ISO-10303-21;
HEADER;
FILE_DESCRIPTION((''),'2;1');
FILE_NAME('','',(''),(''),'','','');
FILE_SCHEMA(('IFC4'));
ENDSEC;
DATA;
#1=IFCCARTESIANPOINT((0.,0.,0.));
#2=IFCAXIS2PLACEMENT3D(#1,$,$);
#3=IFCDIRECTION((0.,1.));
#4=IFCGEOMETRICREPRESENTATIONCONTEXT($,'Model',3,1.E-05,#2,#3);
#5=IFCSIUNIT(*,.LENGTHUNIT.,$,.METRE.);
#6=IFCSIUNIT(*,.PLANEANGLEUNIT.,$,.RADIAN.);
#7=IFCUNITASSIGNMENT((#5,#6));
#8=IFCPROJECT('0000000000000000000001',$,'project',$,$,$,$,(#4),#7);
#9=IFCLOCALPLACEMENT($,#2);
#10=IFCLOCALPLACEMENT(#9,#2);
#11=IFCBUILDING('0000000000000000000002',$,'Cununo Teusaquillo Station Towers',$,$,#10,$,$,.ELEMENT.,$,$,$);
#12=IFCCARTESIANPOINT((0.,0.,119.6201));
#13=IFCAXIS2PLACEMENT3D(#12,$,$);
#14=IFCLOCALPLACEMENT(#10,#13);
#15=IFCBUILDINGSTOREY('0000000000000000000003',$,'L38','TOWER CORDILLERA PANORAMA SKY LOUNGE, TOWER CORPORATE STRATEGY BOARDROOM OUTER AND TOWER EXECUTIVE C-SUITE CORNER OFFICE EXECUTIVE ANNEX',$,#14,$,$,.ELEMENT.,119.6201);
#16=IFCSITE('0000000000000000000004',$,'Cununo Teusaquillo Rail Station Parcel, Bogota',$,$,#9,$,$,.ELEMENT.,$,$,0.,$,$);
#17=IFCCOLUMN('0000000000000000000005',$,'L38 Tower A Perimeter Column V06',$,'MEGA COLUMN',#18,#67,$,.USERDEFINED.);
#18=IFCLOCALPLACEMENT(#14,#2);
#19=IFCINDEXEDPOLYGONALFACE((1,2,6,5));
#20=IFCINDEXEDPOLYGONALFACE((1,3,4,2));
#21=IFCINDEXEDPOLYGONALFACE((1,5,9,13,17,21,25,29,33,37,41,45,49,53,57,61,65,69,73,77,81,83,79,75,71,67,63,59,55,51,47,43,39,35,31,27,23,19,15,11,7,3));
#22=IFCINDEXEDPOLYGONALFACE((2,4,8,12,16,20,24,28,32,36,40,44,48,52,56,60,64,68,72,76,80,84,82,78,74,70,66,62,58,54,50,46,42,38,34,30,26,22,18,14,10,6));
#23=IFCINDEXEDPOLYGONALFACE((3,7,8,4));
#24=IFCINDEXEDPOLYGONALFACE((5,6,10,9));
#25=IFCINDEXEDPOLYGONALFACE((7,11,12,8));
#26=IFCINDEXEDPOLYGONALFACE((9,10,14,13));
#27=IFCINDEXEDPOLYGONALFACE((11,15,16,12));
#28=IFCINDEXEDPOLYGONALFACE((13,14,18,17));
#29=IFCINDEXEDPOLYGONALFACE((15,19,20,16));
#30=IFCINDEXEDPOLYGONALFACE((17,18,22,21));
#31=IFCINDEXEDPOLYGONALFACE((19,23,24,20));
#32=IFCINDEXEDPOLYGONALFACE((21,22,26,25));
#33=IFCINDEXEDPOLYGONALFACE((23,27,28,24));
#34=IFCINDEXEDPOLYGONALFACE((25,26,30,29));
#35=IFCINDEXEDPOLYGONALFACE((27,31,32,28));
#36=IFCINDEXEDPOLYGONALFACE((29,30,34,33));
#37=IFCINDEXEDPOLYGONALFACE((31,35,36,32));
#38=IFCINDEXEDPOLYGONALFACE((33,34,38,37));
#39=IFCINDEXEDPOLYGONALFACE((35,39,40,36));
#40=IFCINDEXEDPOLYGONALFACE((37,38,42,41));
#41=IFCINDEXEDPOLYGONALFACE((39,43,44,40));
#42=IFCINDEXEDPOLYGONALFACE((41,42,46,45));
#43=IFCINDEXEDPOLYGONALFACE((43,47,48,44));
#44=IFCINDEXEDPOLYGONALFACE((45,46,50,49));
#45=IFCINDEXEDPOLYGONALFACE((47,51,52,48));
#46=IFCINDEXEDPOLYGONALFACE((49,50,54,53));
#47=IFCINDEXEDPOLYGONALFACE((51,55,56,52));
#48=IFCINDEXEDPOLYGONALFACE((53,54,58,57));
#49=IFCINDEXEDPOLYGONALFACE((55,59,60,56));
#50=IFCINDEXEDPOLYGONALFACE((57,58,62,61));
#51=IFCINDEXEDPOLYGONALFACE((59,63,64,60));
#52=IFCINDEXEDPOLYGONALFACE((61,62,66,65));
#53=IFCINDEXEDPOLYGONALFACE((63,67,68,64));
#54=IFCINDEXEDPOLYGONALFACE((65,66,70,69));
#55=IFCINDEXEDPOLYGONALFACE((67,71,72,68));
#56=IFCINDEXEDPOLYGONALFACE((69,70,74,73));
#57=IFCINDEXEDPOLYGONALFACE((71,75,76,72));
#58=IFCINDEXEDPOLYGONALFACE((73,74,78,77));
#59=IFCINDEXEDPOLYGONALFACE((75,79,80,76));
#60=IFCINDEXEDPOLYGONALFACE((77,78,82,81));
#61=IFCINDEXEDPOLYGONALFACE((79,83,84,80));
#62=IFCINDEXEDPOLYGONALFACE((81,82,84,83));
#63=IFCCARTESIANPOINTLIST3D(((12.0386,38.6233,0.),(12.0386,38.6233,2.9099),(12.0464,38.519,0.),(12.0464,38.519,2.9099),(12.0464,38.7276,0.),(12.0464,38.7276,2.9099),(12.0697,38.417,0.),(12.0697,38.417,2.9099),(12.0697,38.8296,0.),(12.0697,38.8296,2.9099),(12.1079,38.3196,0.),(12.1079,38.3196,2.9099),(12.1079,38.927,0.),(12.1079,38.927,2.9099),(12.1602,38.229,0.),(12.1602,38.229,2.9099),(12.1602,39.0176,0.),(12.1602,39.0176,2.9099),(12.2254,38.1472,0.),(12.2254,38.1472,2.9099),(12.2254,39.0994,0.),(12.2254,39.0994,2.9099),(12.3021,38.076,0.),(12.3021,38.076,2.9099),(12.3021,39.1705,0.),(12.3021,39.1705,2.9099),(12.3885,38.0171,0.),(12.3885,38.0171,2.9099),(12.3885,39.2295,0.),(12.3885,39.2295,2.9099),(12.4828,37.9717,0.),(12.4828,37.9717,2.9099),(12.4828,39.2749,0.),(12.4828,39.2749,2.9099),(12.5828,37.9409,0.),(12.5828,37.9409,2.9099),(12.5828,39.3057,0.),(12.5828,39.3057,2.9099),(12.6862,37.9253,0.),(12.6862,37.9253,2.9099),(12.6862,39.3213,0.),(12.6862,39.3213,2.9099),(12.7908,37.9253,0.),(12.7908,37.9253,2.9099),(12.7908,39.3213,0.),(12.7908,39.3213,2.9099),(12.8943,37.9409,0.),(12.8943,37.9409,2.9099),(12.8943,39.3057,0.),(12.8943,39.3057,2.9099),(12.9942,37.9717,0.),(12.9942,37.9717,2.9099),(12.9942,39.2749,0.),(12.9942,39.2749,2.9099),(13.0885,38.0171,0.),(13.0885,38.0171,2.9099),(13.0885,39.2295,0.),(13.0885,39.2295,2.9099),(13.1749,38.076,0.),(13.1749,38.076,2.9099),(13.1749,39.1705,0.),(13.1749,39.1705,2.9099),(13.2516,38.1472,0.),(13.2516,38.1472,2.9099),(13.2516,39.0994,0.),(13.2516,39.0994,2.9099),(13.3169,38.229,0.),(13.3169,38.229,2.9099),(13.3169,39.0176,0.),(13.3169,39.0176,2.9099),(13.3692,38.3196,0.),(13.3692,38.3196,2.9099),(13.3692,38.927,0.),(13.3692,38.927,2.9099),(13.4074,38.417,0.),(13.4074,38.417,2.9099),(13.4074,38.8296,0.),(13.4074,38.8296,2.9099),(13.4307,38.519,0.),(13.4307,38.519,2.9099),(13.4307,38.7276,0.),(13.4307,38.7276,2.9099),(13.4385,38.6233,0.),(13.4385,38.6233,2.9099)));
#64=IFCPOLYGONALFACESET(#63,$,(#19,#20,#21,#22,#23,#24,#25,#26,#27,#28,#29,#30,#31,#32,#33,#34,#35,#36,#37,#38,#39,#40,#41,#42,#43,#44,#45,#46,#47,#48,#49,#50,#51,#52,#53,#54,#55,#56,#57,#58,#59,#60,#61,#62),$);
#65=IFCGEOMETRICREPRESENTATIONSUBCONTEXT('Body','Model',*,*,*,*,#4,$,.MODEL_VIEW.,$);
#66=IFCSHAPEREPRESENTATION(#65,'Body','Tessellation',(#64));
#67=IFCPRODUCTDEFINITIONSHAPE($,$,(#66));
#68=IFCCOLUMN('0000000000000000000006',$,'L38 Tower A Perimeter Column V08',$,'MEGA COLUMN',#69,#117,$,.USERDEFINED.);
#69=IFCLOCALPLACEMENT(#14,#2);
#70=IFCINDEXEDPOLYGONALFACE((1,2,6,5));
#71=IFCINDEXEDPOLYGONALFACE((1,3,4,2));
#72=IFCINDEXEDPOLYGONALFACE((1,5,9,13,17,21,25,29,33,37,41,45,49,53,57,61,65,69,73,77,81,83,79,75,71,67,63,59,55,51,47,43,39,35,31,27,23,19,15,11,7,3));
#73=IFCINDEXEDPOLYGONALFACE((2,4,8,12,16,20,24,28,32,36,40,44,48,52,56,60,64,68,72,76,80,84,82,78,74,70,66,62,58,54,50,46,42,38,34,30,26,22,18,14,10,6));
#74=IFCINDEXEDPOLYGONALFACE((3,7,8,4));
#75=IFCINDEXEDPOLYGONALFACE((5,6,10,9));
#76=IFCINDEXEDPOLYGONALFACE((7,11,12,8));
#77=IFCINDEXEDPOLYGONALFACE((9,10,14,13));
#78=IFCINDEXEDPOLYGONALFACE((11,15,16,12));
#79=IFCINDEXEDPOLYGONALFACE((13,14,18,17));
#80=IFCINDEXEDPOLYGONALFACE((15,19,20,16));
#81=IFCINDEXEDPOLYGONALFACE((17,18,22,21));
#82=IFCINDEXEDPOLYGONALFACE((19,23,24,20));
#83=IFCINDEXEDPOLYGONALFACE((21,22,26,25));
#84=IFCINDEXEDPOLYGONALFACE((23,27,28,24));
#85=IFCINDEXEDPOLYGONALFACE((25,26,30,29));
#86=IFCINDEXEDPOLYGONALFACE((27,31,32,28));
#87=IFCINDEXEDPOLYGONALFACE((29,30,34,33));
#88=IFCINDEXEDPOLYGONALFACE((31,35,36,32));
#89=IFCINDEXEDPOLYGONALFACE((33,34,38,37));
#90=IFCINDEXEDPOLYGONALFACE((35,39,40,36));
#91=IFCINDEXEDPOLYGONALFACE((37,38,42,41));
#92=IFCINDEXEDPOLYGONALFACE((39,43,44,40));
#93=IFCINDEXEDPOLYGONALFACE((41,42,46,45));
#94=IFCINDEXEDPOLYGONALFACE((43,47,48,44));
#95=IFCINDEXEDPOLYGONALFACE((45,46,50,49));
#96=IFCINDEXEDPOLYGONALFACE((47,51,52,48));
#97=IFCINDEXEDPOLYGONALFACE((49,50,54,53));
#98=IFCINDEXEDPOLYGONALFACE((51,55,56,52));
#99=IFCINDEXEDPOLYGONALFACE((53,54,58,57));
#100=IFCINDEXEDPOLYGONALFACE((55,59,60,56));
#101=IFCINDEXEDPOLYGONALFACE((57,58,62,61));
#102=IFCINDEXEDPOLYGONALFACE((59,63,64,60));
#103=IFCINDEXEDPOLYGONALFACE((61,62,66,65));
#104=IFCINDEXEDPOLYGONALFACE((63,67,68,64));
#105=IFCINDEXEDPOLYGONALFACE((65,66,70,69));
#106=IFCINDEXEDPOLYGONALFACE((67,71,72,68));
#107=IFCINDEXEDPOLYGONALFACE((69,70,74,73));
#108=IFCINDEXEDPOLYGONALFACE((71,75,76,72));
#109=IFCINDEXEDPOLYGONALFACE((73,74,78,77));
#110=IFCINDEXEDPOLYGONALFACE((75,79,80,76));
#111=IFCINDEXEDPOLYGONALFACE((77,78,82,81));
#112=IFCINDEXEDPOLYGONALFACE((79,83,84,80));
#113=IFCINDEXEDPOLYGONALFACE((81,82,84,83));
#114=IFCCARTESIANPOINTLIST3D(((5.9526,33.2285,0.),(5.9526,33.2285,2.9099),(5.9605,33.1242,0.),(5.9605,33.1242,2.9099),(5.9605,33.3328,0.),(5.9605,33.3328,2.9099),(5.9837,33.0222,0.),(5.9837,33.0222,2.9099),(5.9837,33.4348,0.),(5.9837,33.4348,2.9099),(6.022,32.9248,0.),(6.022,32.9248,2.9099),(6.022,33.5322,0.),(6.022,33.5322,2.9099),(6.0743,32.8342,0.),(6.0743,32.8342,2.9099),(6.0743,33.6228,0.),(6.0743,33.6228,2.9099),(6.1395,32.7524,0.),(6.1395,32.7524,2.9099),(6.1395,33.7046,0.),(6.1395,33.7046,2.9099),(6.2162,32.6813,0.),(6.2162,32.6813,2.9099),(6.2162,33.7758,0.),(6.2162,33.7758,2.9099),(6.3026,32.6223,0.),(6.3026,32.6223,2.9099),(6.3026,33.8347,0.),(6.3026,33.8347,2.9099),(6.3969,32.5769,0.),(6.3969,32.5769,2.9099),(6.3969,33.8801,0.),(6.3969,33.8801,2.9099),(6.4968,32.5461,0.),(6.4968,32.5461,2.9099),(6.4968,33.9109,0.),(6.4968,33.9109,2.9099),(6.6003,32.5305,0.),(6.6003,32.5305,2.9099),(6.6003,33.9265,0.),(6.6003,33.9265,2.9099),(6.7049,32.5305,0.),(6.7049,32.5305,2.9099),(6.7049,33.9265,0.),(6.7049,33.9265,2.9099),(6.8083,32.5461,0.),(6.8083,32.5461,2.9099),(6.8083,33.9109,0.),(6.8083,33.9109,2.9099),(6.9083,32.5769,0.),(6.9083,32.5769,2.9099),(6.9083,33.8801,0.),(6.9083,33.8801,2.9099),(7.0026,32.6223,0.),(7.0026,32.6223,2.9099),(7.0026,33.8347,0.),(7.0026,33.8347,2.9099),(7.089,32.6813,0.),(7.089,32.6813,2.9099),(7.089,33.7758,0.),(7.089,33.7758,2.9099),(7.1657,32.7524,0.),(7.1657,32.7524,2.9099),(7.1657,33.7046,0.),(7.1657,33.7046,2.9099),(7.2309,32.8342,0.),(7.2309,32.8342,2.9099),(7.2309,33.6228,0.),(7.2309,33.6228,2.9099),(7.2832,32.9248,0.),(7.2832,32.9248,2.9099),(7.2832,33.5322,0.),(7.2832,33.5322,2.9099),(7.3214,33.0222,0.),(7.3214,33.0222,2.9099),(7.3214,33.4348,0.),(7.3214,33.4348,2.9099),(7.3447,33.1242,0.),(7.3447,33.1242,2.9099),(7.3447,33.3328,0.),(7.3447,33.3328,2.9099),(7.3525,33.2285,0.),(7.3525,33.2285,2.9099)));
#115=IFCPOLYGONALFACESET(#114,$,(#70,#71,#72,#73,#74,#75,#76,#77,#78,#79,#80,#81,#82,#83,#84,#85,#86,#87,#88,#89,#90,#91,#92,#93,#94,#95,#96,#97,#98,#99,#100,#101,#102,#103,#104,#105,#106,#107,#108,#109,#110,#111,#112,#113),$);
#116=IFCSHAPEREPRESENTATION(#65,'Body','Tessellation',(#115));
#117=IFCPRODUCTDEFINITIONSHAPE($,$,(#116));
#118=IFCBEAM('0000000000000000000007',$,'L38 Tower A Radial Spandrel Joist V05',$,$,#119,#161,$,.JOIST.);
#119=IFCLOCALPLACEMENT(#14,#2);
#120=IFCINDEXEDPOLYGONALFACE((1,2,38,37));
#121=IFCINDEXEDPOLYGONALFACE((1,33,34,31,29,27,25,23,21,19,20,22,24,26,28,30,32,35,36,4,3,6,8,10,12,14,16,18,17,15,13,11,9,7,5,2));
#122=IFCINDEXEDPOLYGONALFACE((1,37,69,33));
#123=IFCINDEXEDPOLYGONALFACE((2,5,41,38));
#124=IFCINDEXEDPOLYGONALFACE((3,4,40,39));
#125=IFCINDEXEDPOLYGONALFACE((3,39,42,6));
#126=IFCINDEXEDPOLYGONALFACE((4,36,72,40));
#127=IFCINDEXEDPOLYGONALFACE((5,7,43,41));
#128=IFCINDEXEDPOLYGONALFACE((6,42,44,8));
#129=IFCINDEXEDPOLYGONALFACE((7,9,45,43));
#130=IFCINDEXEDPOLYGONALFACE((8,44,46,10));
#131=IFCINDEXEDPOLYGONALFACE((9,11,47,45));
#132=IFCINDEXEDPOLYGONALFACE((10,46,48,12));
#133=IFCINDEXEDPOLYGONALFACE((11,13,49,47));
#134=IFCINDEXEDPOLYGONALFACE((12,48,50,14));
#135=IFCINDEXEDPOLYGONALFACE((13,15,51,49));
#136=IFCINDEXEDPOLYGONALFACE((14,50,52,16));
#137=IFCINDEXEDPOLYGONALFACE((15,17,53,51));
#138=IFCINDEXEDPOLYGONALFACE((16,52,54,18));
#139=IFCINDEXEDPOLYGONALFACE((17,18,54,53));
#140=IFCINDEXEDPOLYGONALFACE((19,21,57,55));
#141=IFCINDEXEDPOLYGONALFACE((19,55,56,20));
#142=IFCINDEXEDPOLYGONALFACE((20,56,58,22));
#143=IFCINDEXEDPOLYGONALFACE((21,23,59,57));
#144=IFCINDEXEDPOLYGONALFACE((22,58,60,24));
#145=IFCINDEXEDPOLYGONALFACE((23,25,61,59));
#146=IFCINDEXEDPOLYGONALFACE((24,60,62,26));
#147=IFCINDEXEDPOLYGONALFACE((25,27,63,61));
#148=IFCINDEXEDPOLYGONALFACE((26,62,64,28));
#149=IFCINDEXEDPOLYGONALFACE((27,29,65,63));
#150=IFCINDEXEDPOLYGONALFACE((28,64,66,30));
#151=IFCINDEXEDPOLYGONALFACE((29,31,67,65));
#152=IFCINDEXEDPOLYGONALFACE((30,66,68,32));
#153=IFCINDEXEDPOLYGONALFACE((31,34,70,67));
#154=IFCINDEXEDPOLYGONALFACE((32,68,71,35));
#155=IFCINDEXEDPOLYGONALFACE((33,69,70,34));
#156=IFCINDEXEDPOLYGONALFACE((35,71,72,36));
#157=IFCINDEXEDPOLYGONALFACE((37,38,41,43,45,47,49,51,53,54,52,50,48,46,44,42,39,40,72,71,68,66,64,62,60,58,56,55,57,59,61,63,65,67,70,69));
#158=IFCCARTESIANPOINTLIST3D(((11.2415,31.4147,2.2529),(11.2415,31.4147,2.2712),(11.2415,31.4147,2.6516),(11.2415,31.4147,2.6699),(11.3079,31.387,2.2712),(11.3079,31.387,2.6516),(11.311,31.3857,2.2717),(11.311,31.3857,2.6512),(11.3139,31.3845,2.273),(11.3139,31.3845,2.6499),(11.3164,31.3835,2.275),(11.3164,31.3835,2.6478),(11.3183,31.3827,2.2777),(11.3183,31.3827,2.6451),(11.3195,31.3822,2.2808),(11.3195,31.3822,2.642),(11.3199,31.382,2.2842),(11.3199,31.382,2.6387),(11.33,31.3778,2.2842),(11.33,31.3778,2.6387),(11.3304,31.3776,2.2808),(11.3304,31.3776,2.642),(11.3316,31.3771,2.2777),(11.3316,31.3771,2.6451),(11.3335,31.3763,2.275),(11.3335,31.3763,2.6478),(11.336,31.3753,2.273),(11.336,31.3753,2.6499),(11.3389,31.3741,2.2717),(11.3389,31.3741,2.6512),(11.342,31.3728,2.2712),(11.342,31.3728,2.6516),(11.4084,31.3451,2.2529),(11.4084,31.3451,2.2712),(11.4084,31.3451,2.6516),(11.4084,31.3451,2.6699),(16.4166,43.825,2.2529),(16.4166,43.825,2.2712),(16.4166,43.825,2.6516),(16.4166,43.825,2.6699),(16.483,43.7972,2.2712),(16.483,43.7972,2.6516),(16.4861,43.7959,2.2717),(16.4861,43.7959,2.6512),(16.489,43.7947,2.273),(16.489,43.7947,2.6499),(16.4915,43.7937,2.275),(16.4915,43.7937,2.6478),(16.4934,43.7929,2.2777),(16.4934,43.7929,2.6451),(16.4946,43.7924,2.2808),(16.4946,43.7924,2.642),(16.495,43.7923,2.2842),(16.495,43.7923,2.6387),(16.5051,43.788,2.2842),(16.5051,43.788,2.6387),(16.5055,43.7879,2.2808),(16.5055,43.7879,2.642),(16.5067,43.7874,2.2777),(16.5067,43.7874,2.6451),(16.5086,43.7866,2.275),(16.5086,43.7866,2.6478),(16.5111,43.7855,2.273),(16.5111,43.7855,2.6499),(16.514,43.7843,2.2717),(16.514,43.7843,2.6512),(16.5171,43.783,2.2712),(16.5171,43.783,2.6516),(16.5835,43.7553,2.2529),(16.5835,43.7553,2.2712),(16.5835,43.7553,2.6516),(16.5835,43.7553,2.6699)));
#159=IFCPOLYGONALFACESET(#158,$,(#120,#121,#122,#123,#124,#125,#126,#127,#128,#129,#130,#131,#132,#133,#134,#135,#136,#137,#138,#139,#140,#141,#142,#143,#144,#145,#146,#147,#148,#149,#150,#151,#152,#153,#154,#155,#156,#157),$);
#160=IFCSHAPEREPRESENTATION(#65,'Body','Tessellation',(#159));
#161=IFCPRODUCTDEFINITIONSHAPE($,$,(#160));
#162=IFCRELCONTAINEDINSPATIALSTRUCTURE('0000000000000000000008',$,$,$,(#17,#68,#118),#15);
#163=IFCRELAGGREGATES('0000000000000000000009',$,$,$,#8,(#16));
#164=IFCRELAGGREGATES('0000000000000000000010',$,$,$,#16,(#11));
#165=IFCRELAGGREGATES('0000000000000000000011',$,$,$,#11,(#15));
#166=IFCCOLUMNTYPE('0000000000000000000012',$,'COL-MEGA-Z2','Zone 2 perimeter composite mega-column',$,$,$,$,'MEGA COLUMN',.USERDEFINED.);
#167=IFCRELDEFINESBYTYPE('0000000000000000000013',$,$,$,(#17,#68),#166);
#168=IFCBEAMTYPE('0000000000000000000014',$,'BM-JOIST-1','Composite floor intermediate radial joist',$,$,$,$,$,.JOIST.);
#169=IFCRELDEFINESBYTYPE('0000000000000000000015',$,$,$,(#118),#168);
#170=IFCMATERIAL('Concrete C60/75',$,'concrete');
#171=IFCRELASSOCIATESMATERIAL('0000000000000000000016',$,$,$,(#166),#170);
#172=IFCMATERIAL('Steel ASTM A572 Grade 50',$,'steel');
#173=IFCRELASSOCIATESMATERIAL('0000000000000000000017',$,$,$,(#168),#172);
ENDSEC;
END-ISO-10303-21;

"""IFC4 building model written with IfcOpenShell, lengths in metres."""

from ifc_helpers import new_model, si_unit, direction, frame, origin, origin_2d, place, context, subcontext, project, spatial, circle, i_section, extrude, material, material_profile, profile_set, type_object, element, save


model = new_model("IFC4")

# Units and contexts
model_context = context("Model", 3, precision=1e-05, world=origin(), true_north=direction((0.0, 1.0)))
body_context = subcontext(model_context, "Body", "Model", "MODEL_VIEW")
ifc_project = project(units=[si_unit("LENGTHUNIT", "METRE"), si_unit("PLANEANGLEUNIT", "RADIAN")], contexts=[model_context])

# Site, building, storey
site_placement = place(None, origin())
site = spatial("IfcSite", under=ifc_project, at=site_placement, Name="Cununo Teusaquillo Rail Station Parcel, Bogota", CompositionType="ELEMENT", RefElevation=0.0)
building_placement = place(site_placement, origin())
building = spatial("IfcBuilding", under=site, at=building_placement, Name="Cununo Teusaquillo Station Towers", CompositionType="ELEMENT")
storey_placement = place(building_placement, frame((0.0, 0.0, 119.6201)))
storey = spatial("IfcBuildingStorey", under=building, at=storey_placement, Name="L38", Description="TOWER CORDILLERA PANORAMA SKY LOUNGE, TOWER CORPORATE STRATEGY BOARDROOM OUTER AND TOWER EXECUTIVE C-SUITE CORNER OFFICE EXECUTIVE ANNEX", CompositionType="ELEMENT", Elevation=119.6201)

# Columns
ifc_material_1 = material(Name="Concrete C60/75", Category="concrete")
ifc_material_profile_1 = material_profile(ifc_material_1, circle(Radius=0.7, at=origin_2d()), Name="RC-CIRC-1400")
ifc_profile_set_1 = profile_set([ifc_material_profile_1], Name="Concrete C60/75")
column_type = type_object("IfcColumnType", Name="COL-MEGA-Z2", Description="Zone 2 perimeter composite mega-column", ElementType="MEGA COLUMN", PredefinedType="USERDEFINED", material=ifc_profile_set_1)
for number, where, z_axis, x_axis, name in (
    (1, (12.7385, 38.6233, 0.0), (0.0, 0.0, 1.0), (1.0, 0.0, 0.0), "L38 Tower A Perimeter Column V06"),
    (2, (6.6526, 33.2285, 0.0), (0.0, 0.0, 1.0), (1.0, 0.0, 0.0), "L38 Tower A Perimeter Column V08"),
):
    element("IfcColumn", number, at=place(storey_placement, frame(where, z_axis=z_axis, x_axis=x_axis)), inside=storey, type_object=column_type, Name=name, ObjectType="MEGA COLUMN", PredefinedType="USERDEFINED", context=body_context, shape_type="SweptSolid", body=[
        extrude(circle(Radius=0.7, at=origin_2d()), origin(), (0.0, 0.0, 1.0), 2.9099),
    ])

# Beam
ifc_material_2 = material(Name="Steel ASTM A572 Grade 50", Category="steel")
ifc_material_profile_2 = material_profile(ifc_material_2, i_section(OverallWidth=0.1809, OverallDepth=0.417, WebThickness=0.011, FlangeThickness=0.0183, FilletRadius=0.0129, at=origin_2d()), Name="W16X57")
ifc_profile_set_2 = profile_set([ifc_material_profile_2], Name="Steel ASTM A572 Grade 50")
beam_type_1 = type_object("IfcBeamType", Name="BM-JOIST-1", Description="Composite floor intermediate radial joist", PredefinedType="JOIST", material=ifc_profile_set_2)
beam_1_placement = place(storey_placement, frame((11.325, 31.3799, 2.4614), z_axis=(0.384878, 0.922967, 0.0), x_axis=(-0.922967, 0.384878, 0.0)))
element("IfcBeam", 3, at=beam_1_placement, inside=storey, type_object=beam_type_1, Name="L38 Tower A Radial Spandrel Joist V05", PredefinedType="JOIST", context=body_context, shape_type="SweptSolid", body=[
    extrude(i_section(OverallWidth=0.1809, OverallDepth=0.417, WebThickness=0.011, FlangeThickness=0.0183, FilletRadius=0.0129, at=origin_2d()), origin(), (0.0, 0.0, 1.0), 13.446),
])

save(model, "model.ifc")
